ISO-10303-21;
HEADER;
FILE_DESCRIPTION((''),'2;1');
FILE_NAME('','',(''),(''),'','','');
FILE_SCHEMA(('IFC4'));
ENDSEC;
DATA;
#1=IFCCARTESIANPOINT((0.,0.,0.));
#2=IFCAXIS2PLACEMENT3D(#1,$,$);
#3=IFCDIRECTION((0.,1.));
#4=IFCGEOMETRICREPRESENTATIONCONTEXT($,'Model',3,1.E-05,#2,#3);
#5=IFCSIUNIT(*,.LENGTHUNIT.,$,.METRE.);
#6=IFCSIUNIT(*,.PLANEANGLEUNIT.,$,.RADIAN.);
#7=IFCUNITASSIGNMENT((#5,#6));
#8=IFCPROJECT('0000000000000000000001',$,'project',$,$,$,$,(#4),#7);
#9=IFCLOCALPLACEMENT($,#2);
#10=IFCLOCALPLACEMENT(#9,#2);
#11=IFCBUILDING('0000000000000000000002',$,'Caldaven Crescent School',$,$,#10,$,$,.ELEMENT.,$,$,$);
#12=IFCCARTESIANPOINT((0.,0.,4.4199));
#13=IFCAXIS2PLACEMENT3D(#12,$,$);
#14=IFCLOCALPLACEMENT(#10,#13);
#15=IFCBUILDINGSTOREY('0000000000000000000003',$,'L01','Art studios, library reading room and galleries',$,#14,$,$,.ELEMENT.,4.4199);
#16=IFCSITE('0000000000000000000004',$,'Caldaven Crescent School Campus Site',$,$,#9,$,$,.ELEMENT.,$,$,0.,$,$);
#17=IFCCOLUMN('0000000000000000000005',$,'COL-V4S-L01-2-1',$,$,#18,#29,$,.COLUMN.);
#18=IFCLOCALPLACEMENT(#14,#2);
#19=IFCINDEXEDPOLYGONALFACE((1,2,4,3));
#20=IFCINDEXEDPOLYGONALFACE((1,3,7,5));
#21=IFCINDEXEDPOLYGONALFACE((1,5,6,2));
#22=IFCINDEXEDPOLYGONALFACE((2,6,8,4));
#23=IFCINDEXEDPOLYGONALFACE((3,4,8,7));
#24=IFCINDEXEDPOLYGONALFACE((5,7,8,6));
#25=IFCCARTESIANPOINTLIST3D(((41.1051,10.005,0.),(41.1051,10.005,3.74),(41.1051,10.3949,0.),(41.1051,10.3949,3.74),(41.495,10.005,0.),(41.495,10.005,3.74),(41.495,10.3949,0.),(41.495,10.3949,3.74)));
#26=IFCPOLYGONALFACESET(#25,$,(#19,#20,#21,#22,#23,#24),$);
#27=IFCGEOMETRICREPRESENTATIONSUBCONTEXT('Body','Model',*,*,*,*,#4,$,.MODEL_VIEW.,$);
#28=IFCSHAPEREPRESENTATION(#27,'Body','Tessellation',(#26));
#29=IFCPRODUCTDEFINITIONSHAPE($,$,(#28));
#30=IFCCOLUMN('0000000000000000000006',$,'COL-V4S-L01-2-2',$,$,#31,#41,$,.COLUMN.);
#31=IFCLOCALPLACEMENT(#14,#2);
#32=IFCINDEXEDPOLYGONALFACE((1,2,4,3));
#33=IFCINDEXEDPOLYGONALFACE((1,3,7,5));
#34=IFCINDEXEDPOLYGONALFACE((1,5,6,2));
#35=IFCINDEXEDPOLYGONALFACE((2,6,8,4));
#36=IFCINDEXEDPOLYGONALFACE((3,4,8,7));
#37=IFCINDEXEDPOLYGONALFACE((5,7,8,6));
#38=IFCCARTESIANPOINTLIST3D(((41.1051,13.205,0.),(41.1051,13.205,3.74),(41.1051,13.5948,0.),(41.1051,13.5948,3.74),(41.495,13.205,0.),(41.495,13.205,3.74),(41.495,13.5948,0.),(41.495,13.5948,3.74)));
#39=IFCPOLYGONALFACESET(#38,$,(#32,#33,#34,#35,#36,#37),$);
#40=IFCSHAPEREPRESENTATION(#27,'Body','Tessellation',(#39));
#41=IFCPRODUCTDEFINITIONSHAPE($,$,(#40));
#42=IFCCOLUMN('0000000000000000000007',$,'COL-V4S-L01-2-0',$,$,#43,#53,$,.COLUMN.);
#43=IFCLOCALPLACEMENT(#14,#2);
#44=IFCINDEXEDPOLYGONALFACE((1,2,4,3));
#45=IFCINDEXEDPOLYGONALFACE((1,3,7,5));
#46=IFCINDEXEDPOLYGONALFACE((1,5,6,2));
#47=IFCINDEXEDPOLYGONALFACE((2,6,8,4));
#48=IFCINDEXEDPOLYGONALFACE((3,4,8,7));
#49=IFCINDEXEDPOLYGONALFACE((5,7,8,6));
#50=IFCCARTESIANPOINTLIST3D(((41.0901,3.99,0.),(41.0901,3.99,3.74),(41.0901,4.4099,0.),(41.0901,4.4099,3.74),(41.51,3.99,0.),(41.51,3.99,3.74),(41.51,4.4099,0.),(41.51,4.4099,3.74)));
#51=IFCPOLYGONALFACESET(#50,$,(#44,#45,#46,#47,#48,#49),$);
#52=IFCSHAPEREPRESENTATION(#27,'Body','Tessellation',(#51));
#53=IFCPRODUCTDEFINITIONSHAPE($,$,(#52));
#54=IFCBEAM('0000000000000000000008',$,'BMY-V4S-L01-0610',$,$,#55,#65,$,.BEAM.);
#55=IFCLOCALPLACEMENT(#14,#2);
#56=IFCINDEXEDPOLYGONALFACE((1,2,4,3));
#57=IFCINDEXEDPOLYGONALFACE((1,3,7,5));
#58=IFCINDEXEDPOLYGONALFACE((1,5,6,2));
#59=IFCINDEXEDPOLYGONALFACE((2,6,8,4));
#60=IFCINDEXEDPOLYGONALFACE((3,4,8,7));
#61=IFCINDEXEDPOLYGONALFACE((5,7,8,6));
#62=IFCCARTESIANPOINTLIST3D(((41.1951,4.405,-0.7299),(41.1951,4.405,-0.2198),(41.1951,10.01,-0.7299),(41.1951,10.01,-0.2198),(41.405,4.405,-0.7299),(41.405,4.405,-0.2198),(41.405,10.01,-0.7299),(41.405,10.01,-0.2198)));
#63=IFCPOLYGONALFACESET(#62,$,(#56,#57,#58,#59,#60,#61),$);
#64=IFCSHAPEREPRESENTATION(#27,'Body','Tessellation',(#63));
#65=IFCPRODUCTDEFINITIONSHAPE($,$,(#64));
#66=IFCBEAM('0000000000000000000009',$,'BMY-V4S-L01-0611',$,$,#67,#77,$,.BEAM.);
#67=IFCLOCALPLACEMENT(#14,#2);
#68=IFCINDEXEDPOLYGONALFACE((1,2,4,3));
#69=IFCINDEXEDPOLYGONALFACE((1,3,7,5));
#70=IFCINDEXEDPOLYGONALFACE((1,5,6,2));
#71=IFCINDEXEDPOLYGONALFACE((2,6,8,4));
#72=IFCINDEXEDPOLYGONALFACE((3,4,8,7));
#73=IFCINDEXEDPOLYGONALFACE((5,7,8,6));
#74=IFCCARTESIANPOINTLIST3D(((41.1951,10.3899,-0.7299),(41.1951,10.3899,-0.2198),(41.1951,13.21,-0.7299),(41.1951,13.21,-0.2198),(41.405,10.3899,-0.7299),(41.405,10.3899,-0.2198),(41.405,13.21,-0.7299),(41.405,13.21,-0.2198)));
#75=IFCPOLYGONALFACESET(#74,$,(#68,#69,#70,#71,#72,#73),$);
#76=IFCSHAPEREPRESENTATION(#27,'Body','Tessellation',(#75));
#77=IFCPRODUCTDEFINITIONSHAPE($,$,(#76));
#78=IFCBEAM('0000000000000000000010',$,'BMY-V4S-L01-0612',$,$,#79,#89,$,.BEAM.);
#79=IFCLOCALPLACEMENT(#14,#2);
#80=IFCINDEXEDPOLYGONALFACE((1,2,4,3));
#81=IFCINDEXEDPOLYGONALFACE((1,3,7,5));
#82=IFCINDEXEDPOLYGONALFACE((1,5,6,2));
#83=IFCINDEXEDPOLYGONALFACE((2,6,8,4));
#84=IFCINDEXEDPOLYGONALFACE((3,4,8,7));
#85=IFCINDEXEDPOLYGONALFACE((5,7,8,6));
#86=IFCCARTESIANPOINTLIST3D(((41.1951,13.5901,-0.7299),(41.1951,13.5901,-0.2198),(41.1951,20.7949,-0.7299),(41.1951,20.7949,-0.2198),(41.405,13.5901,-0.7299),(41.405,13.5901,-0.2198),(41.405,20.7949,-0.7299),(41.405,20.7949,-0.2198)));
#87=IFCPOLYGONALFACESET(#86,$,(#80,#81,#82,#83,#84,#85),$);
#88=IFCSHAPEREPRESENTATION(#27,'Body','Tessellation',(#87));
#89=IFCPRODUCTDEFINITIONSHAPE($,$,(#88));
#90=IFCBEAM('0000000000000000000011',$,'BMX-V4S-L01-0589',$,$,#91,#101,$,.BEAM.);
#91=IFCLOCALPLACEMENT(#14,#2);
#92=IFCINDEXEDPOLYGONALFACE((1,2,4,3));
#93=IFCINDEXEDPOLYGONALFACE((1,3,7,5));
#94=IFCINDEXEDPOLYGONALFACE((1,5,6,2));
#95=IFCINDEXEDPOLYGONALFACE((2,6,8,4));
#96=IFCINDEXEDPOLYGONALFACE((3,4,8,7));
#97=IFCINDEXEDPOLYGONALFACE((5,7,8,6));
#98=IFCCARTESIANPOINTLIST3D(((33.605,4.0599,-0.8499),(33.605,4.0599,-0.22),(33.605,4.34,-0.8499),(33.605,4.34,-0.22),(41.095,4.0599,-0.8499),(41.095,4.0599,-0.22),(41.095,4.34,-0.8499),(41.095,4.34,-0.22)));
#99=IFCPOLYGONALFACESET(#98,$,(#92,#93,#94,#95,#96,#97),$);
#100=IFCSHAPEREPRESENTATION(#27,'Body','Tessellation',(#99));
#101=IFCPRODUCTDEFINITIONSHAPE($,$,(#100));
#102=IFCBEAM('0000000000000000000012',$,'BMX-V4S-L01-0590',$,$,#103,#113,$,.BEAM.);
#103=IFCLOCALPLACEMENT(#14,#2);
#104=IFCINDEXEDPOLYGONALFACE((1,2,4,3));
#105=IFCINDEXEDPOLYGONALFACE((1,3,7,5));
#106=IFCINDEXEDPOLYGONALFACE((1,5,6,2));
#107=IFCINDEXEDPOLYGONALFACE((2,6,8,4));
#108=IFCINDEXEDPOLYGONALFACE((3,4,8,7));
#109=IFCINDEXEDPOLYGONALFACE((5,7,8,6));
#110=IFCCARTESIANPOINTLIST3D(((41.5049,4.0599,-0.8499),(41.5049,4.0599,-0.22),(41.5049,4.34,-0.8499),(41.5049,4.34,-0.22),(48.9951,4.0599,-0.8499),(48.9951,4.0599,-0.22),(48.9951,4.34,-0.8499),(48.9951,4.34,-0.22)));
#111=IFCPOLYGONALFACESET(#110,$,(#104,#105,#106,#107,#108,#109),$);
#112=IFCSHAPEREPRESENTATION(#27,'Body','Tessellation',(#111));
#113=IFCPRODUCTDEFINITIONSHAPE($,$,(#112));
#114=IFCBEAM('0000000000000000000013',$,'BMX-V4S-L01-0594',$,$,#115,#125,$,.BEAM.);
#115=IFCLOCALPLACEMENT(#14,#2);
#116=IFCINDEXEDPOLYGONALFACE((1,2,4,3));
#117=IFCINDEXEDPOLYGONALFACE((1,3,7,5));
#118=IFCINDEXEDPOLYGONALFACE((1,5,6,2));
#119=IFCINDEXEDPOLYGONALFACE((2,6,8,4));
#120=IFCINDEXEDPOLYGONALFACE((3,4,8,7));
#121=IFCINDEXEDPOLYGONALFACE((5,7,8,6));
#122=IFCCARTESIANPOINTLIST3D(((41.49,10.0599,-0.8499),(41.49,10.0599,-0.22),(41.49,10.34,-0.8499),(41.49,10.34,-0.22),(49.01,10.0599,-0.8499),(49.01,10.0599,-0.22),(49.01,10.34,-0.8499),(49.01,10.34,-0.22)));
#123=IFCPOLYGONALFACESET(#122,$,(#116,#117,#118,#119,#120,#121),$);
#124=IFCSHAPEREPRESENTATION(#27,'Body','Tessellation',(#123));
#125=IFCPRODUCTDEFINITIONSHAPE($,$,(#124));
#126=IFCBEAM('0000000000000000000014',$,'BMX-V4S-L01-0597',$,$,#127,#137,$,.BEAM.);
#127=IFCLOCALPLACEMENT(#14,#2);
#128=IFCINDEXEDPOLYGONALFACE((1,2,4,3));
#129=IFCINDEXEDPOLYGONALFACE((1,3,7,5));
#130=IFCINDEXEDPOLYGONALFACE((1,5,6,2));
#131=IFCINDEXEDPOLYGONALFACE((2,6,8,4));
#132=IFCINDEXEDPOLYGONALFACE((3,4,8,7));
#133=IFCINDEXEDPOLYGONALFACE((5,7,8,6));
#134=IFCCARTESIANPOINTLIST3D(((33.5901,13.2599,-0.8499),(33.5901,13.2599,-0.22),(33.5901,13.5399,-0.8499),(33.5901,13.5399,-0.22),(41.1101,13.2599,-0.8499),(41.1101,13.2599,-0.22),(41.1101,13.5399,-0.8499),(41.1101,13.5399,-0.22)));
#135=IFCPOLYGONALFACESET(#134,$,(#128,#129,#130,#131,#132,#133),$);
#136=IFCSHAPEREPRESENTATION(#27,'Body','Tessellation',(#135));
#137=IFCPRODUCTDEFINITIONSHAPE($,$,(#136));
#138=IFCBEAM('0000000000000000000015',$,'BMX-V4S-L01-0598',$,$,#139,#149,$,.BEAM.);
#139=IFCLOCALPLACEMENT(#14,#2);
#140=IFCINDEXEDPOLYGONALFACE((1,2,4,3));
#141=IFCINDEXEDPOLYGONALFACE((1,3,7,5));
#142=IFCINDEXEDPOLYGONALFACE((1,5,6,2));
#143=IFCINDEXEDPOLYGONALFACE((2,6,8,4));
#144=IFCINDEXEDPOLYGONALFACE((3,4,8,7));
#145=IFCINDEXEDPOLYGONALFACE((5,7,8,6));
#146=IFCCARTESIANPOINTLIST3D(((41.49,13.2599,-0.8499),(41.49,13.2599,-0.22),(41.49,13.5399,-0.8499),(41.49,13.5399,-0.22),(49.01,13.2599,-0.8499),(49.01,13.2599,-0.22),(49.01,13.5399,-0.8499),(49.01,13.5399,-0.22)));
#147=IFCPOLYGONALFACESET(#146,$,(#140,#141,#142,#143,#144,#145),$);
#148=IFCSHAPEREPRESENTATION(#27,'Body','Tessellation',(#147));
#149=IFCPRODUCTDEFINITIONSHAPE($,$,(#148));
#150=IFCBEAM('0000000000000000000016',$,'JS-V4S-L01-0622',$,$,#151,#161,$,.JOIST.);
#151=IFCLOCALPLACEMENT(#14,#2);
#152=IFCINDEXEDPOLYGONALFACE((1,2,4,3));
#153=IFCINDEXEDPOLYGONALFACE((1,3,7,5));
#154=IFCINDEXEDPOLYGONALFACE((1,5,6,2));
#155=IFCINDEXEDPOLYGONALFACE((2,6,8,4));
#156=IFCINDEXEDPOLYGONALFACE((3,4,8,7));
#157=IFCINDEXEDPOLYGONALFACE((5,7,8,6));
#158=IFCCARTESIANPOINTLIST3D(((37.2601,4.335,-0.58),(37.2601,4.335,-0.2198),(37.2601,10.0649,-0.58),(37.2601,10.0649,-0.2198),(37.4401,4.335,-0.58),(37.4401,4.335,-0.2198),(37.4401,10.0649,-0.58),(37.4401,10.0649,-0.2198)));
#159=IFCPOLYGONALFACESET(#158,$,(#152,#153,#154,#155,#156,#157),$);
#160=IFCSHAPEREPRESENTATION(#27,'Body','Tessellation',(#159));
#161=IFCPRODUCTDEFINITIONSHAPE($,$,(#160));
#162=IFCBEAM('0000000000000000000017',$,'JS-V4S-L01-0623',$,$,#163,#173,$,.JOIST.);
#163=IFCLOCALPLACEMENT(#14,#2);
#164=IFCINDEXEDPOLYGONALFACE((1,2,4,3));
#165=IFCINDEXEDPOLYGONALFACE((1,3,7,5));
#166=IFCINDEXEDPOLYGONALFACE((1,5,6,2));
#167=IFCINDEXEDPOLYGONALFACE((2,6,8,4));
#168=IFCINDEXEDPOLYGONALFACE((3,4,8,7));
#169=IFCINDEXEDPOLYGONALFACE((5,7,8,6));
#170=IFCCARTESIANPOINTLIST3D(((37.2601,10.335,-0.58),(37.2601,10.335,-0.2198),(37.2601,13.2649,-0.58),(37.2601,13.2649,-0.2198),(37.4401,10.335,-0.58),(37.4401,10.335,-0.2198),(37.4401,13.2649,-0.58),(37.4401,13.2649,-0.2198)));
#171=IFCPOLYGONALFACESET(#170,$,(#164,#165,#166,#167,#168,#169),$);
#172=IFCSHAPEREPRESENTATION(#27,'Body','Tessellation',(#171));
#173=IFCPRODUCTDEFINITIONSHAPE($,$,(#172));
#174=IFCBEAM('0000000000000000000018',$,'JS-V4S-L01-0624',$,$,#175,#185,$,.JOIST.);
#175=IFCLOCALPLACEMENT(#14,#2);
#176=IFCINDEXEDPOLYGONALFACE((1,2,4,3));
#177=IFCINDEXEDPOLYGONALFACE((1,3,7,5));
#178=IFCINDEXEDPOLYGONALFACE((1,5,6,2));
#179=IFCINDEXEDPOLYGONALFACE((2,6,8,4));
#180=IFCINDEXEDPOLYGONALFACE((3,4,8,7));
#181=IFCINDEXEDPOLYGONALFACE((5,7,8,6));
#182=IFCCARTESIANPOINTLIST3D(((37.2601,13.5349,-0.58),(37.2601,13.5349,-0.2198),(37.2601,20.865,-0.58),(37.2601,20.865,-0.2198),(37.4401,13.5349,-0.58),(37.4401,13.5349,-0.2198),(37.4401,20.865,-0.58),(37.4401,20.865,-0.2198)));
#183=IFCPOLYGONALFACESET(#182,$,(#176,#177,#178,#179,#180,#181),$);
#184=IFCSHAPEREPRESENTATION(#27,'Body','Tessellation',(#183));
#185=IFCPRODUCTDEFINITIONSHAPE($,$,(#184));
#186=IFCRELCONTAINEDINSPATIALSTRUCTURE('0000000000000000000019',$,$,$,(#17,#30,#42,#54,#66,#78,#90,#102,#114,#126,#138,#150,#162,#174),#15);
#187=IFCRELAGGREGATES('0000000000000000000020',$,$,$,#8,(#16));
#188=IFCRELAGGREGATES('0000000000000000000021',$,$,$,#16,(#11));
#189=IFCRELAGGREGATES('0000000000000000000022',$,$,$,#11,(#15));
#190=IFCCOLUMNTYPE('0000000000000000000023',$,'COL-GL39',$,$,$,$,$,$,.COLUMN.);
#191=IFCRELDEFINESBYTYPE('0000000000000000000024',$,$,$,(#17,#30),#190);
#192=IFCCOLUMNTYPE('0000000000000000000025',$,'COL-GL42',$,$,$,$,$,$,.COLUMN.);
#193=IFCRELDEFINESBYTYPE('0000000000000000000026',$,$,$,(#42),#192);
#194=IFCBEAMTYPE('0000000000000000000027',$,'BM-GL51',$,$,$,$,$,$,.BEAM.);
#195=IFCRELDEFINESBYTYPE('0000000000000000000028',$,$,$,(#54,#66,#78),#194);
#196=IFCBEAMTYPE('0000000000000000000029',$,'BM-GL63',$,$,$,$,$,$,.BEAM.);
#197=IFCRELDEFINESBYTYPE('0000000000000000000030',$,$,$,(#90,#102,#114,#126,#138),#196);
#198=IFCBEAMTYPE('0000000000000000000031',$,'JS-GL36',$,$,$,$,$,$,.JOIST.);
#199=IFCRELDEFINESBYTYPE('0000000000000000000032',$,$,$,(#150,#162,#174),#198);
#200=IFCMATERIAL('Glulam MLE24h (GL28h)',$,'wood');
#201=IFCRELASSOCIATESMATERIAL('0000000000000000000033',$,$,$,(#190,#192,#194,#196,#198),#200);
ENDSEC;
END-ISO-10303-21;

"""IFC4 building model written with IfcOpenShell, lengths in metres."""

from ifc_helpers import new_model, si_unit, direction, frame, origin, origin_2d, place, context, subcontext, project, spatial, rectangle, extrude, material, material_profile, profile_set, type_object, element, save


model = new_model("IFC4")

# Units and contexts
model_context = context("Model", 3, precision=1e-05, world=origin(), true_north=direction((0.0, 1.0)))
body_context = subcontext(model_context, "Body", "Model", "MODEL_VIEW")
ifc_project = project(units=[si_unit("LENGTHUNIT", "METRE"), si_unit("PLANEANGLEUNIT", "RADIAN")], contexts=[model_context])

# Site, building, storey
site_placement = place(None, origin())
site = spatial("IfcSite", under=ifc_project, at=site_placement, Name="Caldaven Crescent School Campus Site", CompositionType="ELEMENT", RefElevation=0.0)
building_placement = place(site_placement, origin())
building = spatial("IfcBuilding", under=site, at=building_placement, Name="Caldaven Crescent School", CompositionType="ELEMENT")
storey_placement = place(building_placement, frame((0.0, 0.0, 4.4199)))
storey = spatial("IfcBuildingStorey", under=building, at=storey_placement, Name="L01", Description="Art studios, library reading room and galleries", CompositionType="ELEMENT", Elevation=4.4199)

# Columns
ifc_material_1 = material(Name="Glulam MLE24h (GL28h)", Category="wood")
ifc_material_profile_1 = material_profile(ifc_material_1, rectangle(XDim=0.3899, YDim=0.3899, at=origin_2d()), Name="MLE 390x390")
ifc_profile_set_1 = profile_set([ifc_material_profile_1], Name="Glulam MLE24h (GL28h)")
column_type_1 = type_object("IfcColumnType", Name="COL-GL39", PredefinedType="COLUMN", material=ifc_profile_set_1)
for number, where, z_axis, x_axis, name in (
    (1, (41.3, 10.2, 0.0), (0.0, 0.0, 1.0), (1.0, 0.0, 0.0), "COL-V4S-L01-2-1"),
    (2, (41.3, 13.3999, 0.0), (0.0, 0.0, 1.0), (1.0, 0.0, 0.0), "COL-V4S-L01-2-2"),
):
    element("IfcColumn", number, at=place(storey_placement, frame(where, z_axis=z_axis, x_axis=x_axis)), inside=storey, type_object=column_type_1, Name=name, PredefinedType="COLUMN", context=body_context, shape_type="SweptSolid", body=[
        extrude(rectangle(XDim=0.3899, YDim=0.3899, at=origin_2d()), origin(), (0.0, 0.0, 1.0), 3.74),
    ])
ifc_material_profile_2 = material_profile(ifc_material_1, rectangle(XDim=0.4199, YDim=0.4199, at=origin_2d()), Name="MLE 420x420")
ifc_profile_set_2 = profile_set([ifc_material_profile_2], Name="Glulam MLE24h (GL28h)")
column_type_2 = type_object("IfcColumnType", Name="COL-GL42", PredefinedType="COLUMN", material=ifc_profile_set_2)
column_placement = place(storey_placement, frame((41.3, 4.2, 0.0), z_axis=(0.0, 0.0, 1.0), x_axis=(1.0, 0.0, 0.0)))
element("IfcColumn", 3, at=column_placement, inside=storey, type_object=column_type_2, Name="COL-V4S-L01-2-0", PredefinedType="COLUMN", context=body_context, shape_type="SweptSolid", body=[
    extrude(rectangle(XDim=0.4199, YDim=0.4199, at=origin_2d()), origin(), (0.0, 0.0, 1.0), 3.74),
])

# Beams
ifc_material_profile_3 = material_profile(ifc_material_1, rectangle(XDim=0.21, YDim=0.51, at=origin_2d()), Name="MLE 210x510")
ifc_profile_set_3 = profile_set([ifc_material_profile_3], Name="Glulam MLE24h (GL28h)")
beam_type_1 = type_object("IfcBeamType", Name="BM-GL51", PredefinedType="BEAM", material=ifc_profile_set_3)
beam_1_placement = place(storey_placement, frame((41.3, 4.405, -0.4749), z_axis=(0.0, 1.0, 0.0), x_axis=(-1.0, 0.0, 0.0)))
element("IfcBeam", 4, at=beam_1_placement, inside=storey, type_object=beam_type_1, Name="BMY-V4S-L01-0610", PredefinedType="BEAM", context=body_context, shape_type="SweptSolid", body=[
    extrude(rectangle(XDim=0.21, YDim=0.51, at=origin_2d()), origin(), (0.0, 0.0, 1.0), 5.605),
])
beam_2_placement = place(storey_placement, frame((41.3, 10.3899, -0.4749), z_axis=(0.0, 1.0, 0.0), x_axis=(-1.0, 0.0, 0.0)))
element("IfcBeam", 5, at=beam_2_placement, inside=storey, type_object=beam_type_1, Name="BMY-V4S-L01-0611", PredefinedType="BEAM", context=body_context, shape_type="SweptSolid", body=[
    extrude(rectangle(XDim=0.21, YDim=0.51, at=origin_2d()), origin(), (0.0, 0.0, 1.0), 2.8201),
])
beam_3_placement = place(storey_placement, frame((41.3, 13.5901, -0.4749), z_axis=(0.0, 1.0, 0.0), x_axis=(-1.0, 0.0, 0.0)))
element("IfcBeam", 6, at=beam_3_placement, inside=storey, type_object=beam_type_1, Name="BMY-V4S-L01-0612", PredefinedType="BEAM", context=body_context, shape_type="SweptSolid", body=[
    extrude(rectangle(XDim=0.21, YDim=0.51, at=origin_2d()), origin(), (0.0, 0.0, 1.0), 7.2048),
])
ifc_material_profile_4 = material_profile(ifc_material_1, rectangle(XDim=0.28, YDim=0.6299, at=origin_2d()), Name="MLE 280x630")
ifc_profile_set_4 = profile_set([ifc_material_profile_4], Name="Glulam MLE24h (GL28h)")
beam_type_2 = type_object("IfcBeamType", Name="BM-GL63", PredefinedType="BEAM", material=ifc_profile_set_4)
beam_4_placement = place(storey_placement, frame((33.605, 4.2, -0.5349), z_axis=(1.0, 0.0, 0.0), x_axis=(0.0, 1.0, 0.0)))
element("IfcBeam", 7, at=beam_4_placement, inside=storey, type_object=beam_type_2, Name="BMX-V4S-L01-0589", PredefinedType="BEAM", context=body_context, shape_type="SweptSolid", body=[
    extrude(rectangle(XDim=0.28, YDim=0.6299, at=origin_2d()), origin(), (0.0, 0.0, 1.0), 7.49),
])
beam_5_placement = place(storey_placement, frame((41.5049, 4.2, -0.5349), z_axis=(1.0, 0.0, 0.0), x_axis=(0.0, 1.0, 0.0)))
element("IfcBeam", 8, at=beam_5_placement, inside=storey, type_object=beam_type_2, Name="BMX-V4S-L01-0590", PredefinedType="BEAM", context=body_context, shape_type="SweptSolid", body=[
    extrude(rectangle(XDim=0.28, YDim=0.6299, at=origin_2d()), origin(), (0.0, 0.0, 1.0), 7.4902),
])
for number, where, z_axis, x_axis, name in (
    (9, (41.49, 10.2, -0.5349), (1.0, 0.0, 0.0), (0.0, 1.0, 0.0), "BMX-V4S-L01-0594"),
    (10, (33.5901, 13.3999, -0.5349), (1.0, 0.0, 0.0), (0.0, 1.0, 0.0), "BMX-V4S-L01-0597"),
    (11, (41.49, 13.3999, -0.5349), (1.0, 0.0, 0.0), (0.0, 1.0, 0.0), "BMX-V4S-L01-0598"),
):
    element("IfcBeam", number, at=place(storey_placement, frame(where, z_axis=z_axis, x_axis=x_axis)), inside=storey, type_object=beam_type_2, Name=name, PredefinedType="BEAM", context=body_context, shape_type="SweptSolid", body=[
        extrude(rectangle(XDim=0.28, YDim=0.6299, at=origin_2d()), origin(), (0.0, 0.0, 1.0), 7.52),
    ])
ifc_material_profile_5 = material_profile(ifc_material_1, rectangle(XDim=0.1799, YDim=0.3601, at=origin_2d()), Name="MLE 180x360")
ifc_profile_set_5 = profile_set([ifc_material_profile_5], Name="Glulam MLE24h (GL28h)")
beam_type_3 = type_object("IfcBeamType", Name="JS-GL36", PredefinedType="JOIST", material=ifc_profile_set_5)
beam_6_placement = place(storey_placement, frame((37.3501, 4.335, -0.3999), z_axis=(0.0, 1.0, 0.0), x_axis=(-1.0, 0.0, 0.0)))
element("IfcBeam", 12, at=beam_6_placement, inside=storey, type_object=beam_type_3, Name="JS-V4S-L01-0622", PredefinedType="JOIST", context=body_context, shape_type="SweptSolid", body=[
    extrude(rectangle(XDim=0.1799, YDim=0.3601, at=origin_2d()), origin(), (0.0, 0.0, 1.0), 5.73),
])
beam_7_placement = place(storey_placement, frame((37.3501, 10.335, -0.3999), z_axis=(0.0, 1.0, 0.0), x_axis=(-1.0, 0.0, 0.0)))
element("IfcBeam", 13, at=beam_7_placement, inside=storey, type_object=beam_type_3, Name="JS-V4S-L01-0623", PredefinedType="JOIST", context=body_context, shape_type="SweptSolid", body=[
    extrude(rectangle(XDim=0.1799, YDim=0.3601, at=origin_2d()), origin(), (0.0, 0.0, 1.0), 2.9299),
])
beam_8_placement = place(storey_placement, frame((37.3501, 13.5349, -0.3999), z_axis=(0.0, 1.0, 0.0), x_axis=(-1.0, 0.0, 0.0)))
element("IfcBeam", 14, at=beam_8_placement, inside=storey, type_object=beam_type_3, Name="JS-V4S-L01-0624", PredefinedType="JOIST", context=body_context, shape_type="SweptSolid", body=[
    extrude(rectangle(XDim=0.1799, YDim=0.3601, at=origin_2d()), origin(), (0.0, 0.0, 1.0), 7.3301),
])

save(model, "model.ifc")
